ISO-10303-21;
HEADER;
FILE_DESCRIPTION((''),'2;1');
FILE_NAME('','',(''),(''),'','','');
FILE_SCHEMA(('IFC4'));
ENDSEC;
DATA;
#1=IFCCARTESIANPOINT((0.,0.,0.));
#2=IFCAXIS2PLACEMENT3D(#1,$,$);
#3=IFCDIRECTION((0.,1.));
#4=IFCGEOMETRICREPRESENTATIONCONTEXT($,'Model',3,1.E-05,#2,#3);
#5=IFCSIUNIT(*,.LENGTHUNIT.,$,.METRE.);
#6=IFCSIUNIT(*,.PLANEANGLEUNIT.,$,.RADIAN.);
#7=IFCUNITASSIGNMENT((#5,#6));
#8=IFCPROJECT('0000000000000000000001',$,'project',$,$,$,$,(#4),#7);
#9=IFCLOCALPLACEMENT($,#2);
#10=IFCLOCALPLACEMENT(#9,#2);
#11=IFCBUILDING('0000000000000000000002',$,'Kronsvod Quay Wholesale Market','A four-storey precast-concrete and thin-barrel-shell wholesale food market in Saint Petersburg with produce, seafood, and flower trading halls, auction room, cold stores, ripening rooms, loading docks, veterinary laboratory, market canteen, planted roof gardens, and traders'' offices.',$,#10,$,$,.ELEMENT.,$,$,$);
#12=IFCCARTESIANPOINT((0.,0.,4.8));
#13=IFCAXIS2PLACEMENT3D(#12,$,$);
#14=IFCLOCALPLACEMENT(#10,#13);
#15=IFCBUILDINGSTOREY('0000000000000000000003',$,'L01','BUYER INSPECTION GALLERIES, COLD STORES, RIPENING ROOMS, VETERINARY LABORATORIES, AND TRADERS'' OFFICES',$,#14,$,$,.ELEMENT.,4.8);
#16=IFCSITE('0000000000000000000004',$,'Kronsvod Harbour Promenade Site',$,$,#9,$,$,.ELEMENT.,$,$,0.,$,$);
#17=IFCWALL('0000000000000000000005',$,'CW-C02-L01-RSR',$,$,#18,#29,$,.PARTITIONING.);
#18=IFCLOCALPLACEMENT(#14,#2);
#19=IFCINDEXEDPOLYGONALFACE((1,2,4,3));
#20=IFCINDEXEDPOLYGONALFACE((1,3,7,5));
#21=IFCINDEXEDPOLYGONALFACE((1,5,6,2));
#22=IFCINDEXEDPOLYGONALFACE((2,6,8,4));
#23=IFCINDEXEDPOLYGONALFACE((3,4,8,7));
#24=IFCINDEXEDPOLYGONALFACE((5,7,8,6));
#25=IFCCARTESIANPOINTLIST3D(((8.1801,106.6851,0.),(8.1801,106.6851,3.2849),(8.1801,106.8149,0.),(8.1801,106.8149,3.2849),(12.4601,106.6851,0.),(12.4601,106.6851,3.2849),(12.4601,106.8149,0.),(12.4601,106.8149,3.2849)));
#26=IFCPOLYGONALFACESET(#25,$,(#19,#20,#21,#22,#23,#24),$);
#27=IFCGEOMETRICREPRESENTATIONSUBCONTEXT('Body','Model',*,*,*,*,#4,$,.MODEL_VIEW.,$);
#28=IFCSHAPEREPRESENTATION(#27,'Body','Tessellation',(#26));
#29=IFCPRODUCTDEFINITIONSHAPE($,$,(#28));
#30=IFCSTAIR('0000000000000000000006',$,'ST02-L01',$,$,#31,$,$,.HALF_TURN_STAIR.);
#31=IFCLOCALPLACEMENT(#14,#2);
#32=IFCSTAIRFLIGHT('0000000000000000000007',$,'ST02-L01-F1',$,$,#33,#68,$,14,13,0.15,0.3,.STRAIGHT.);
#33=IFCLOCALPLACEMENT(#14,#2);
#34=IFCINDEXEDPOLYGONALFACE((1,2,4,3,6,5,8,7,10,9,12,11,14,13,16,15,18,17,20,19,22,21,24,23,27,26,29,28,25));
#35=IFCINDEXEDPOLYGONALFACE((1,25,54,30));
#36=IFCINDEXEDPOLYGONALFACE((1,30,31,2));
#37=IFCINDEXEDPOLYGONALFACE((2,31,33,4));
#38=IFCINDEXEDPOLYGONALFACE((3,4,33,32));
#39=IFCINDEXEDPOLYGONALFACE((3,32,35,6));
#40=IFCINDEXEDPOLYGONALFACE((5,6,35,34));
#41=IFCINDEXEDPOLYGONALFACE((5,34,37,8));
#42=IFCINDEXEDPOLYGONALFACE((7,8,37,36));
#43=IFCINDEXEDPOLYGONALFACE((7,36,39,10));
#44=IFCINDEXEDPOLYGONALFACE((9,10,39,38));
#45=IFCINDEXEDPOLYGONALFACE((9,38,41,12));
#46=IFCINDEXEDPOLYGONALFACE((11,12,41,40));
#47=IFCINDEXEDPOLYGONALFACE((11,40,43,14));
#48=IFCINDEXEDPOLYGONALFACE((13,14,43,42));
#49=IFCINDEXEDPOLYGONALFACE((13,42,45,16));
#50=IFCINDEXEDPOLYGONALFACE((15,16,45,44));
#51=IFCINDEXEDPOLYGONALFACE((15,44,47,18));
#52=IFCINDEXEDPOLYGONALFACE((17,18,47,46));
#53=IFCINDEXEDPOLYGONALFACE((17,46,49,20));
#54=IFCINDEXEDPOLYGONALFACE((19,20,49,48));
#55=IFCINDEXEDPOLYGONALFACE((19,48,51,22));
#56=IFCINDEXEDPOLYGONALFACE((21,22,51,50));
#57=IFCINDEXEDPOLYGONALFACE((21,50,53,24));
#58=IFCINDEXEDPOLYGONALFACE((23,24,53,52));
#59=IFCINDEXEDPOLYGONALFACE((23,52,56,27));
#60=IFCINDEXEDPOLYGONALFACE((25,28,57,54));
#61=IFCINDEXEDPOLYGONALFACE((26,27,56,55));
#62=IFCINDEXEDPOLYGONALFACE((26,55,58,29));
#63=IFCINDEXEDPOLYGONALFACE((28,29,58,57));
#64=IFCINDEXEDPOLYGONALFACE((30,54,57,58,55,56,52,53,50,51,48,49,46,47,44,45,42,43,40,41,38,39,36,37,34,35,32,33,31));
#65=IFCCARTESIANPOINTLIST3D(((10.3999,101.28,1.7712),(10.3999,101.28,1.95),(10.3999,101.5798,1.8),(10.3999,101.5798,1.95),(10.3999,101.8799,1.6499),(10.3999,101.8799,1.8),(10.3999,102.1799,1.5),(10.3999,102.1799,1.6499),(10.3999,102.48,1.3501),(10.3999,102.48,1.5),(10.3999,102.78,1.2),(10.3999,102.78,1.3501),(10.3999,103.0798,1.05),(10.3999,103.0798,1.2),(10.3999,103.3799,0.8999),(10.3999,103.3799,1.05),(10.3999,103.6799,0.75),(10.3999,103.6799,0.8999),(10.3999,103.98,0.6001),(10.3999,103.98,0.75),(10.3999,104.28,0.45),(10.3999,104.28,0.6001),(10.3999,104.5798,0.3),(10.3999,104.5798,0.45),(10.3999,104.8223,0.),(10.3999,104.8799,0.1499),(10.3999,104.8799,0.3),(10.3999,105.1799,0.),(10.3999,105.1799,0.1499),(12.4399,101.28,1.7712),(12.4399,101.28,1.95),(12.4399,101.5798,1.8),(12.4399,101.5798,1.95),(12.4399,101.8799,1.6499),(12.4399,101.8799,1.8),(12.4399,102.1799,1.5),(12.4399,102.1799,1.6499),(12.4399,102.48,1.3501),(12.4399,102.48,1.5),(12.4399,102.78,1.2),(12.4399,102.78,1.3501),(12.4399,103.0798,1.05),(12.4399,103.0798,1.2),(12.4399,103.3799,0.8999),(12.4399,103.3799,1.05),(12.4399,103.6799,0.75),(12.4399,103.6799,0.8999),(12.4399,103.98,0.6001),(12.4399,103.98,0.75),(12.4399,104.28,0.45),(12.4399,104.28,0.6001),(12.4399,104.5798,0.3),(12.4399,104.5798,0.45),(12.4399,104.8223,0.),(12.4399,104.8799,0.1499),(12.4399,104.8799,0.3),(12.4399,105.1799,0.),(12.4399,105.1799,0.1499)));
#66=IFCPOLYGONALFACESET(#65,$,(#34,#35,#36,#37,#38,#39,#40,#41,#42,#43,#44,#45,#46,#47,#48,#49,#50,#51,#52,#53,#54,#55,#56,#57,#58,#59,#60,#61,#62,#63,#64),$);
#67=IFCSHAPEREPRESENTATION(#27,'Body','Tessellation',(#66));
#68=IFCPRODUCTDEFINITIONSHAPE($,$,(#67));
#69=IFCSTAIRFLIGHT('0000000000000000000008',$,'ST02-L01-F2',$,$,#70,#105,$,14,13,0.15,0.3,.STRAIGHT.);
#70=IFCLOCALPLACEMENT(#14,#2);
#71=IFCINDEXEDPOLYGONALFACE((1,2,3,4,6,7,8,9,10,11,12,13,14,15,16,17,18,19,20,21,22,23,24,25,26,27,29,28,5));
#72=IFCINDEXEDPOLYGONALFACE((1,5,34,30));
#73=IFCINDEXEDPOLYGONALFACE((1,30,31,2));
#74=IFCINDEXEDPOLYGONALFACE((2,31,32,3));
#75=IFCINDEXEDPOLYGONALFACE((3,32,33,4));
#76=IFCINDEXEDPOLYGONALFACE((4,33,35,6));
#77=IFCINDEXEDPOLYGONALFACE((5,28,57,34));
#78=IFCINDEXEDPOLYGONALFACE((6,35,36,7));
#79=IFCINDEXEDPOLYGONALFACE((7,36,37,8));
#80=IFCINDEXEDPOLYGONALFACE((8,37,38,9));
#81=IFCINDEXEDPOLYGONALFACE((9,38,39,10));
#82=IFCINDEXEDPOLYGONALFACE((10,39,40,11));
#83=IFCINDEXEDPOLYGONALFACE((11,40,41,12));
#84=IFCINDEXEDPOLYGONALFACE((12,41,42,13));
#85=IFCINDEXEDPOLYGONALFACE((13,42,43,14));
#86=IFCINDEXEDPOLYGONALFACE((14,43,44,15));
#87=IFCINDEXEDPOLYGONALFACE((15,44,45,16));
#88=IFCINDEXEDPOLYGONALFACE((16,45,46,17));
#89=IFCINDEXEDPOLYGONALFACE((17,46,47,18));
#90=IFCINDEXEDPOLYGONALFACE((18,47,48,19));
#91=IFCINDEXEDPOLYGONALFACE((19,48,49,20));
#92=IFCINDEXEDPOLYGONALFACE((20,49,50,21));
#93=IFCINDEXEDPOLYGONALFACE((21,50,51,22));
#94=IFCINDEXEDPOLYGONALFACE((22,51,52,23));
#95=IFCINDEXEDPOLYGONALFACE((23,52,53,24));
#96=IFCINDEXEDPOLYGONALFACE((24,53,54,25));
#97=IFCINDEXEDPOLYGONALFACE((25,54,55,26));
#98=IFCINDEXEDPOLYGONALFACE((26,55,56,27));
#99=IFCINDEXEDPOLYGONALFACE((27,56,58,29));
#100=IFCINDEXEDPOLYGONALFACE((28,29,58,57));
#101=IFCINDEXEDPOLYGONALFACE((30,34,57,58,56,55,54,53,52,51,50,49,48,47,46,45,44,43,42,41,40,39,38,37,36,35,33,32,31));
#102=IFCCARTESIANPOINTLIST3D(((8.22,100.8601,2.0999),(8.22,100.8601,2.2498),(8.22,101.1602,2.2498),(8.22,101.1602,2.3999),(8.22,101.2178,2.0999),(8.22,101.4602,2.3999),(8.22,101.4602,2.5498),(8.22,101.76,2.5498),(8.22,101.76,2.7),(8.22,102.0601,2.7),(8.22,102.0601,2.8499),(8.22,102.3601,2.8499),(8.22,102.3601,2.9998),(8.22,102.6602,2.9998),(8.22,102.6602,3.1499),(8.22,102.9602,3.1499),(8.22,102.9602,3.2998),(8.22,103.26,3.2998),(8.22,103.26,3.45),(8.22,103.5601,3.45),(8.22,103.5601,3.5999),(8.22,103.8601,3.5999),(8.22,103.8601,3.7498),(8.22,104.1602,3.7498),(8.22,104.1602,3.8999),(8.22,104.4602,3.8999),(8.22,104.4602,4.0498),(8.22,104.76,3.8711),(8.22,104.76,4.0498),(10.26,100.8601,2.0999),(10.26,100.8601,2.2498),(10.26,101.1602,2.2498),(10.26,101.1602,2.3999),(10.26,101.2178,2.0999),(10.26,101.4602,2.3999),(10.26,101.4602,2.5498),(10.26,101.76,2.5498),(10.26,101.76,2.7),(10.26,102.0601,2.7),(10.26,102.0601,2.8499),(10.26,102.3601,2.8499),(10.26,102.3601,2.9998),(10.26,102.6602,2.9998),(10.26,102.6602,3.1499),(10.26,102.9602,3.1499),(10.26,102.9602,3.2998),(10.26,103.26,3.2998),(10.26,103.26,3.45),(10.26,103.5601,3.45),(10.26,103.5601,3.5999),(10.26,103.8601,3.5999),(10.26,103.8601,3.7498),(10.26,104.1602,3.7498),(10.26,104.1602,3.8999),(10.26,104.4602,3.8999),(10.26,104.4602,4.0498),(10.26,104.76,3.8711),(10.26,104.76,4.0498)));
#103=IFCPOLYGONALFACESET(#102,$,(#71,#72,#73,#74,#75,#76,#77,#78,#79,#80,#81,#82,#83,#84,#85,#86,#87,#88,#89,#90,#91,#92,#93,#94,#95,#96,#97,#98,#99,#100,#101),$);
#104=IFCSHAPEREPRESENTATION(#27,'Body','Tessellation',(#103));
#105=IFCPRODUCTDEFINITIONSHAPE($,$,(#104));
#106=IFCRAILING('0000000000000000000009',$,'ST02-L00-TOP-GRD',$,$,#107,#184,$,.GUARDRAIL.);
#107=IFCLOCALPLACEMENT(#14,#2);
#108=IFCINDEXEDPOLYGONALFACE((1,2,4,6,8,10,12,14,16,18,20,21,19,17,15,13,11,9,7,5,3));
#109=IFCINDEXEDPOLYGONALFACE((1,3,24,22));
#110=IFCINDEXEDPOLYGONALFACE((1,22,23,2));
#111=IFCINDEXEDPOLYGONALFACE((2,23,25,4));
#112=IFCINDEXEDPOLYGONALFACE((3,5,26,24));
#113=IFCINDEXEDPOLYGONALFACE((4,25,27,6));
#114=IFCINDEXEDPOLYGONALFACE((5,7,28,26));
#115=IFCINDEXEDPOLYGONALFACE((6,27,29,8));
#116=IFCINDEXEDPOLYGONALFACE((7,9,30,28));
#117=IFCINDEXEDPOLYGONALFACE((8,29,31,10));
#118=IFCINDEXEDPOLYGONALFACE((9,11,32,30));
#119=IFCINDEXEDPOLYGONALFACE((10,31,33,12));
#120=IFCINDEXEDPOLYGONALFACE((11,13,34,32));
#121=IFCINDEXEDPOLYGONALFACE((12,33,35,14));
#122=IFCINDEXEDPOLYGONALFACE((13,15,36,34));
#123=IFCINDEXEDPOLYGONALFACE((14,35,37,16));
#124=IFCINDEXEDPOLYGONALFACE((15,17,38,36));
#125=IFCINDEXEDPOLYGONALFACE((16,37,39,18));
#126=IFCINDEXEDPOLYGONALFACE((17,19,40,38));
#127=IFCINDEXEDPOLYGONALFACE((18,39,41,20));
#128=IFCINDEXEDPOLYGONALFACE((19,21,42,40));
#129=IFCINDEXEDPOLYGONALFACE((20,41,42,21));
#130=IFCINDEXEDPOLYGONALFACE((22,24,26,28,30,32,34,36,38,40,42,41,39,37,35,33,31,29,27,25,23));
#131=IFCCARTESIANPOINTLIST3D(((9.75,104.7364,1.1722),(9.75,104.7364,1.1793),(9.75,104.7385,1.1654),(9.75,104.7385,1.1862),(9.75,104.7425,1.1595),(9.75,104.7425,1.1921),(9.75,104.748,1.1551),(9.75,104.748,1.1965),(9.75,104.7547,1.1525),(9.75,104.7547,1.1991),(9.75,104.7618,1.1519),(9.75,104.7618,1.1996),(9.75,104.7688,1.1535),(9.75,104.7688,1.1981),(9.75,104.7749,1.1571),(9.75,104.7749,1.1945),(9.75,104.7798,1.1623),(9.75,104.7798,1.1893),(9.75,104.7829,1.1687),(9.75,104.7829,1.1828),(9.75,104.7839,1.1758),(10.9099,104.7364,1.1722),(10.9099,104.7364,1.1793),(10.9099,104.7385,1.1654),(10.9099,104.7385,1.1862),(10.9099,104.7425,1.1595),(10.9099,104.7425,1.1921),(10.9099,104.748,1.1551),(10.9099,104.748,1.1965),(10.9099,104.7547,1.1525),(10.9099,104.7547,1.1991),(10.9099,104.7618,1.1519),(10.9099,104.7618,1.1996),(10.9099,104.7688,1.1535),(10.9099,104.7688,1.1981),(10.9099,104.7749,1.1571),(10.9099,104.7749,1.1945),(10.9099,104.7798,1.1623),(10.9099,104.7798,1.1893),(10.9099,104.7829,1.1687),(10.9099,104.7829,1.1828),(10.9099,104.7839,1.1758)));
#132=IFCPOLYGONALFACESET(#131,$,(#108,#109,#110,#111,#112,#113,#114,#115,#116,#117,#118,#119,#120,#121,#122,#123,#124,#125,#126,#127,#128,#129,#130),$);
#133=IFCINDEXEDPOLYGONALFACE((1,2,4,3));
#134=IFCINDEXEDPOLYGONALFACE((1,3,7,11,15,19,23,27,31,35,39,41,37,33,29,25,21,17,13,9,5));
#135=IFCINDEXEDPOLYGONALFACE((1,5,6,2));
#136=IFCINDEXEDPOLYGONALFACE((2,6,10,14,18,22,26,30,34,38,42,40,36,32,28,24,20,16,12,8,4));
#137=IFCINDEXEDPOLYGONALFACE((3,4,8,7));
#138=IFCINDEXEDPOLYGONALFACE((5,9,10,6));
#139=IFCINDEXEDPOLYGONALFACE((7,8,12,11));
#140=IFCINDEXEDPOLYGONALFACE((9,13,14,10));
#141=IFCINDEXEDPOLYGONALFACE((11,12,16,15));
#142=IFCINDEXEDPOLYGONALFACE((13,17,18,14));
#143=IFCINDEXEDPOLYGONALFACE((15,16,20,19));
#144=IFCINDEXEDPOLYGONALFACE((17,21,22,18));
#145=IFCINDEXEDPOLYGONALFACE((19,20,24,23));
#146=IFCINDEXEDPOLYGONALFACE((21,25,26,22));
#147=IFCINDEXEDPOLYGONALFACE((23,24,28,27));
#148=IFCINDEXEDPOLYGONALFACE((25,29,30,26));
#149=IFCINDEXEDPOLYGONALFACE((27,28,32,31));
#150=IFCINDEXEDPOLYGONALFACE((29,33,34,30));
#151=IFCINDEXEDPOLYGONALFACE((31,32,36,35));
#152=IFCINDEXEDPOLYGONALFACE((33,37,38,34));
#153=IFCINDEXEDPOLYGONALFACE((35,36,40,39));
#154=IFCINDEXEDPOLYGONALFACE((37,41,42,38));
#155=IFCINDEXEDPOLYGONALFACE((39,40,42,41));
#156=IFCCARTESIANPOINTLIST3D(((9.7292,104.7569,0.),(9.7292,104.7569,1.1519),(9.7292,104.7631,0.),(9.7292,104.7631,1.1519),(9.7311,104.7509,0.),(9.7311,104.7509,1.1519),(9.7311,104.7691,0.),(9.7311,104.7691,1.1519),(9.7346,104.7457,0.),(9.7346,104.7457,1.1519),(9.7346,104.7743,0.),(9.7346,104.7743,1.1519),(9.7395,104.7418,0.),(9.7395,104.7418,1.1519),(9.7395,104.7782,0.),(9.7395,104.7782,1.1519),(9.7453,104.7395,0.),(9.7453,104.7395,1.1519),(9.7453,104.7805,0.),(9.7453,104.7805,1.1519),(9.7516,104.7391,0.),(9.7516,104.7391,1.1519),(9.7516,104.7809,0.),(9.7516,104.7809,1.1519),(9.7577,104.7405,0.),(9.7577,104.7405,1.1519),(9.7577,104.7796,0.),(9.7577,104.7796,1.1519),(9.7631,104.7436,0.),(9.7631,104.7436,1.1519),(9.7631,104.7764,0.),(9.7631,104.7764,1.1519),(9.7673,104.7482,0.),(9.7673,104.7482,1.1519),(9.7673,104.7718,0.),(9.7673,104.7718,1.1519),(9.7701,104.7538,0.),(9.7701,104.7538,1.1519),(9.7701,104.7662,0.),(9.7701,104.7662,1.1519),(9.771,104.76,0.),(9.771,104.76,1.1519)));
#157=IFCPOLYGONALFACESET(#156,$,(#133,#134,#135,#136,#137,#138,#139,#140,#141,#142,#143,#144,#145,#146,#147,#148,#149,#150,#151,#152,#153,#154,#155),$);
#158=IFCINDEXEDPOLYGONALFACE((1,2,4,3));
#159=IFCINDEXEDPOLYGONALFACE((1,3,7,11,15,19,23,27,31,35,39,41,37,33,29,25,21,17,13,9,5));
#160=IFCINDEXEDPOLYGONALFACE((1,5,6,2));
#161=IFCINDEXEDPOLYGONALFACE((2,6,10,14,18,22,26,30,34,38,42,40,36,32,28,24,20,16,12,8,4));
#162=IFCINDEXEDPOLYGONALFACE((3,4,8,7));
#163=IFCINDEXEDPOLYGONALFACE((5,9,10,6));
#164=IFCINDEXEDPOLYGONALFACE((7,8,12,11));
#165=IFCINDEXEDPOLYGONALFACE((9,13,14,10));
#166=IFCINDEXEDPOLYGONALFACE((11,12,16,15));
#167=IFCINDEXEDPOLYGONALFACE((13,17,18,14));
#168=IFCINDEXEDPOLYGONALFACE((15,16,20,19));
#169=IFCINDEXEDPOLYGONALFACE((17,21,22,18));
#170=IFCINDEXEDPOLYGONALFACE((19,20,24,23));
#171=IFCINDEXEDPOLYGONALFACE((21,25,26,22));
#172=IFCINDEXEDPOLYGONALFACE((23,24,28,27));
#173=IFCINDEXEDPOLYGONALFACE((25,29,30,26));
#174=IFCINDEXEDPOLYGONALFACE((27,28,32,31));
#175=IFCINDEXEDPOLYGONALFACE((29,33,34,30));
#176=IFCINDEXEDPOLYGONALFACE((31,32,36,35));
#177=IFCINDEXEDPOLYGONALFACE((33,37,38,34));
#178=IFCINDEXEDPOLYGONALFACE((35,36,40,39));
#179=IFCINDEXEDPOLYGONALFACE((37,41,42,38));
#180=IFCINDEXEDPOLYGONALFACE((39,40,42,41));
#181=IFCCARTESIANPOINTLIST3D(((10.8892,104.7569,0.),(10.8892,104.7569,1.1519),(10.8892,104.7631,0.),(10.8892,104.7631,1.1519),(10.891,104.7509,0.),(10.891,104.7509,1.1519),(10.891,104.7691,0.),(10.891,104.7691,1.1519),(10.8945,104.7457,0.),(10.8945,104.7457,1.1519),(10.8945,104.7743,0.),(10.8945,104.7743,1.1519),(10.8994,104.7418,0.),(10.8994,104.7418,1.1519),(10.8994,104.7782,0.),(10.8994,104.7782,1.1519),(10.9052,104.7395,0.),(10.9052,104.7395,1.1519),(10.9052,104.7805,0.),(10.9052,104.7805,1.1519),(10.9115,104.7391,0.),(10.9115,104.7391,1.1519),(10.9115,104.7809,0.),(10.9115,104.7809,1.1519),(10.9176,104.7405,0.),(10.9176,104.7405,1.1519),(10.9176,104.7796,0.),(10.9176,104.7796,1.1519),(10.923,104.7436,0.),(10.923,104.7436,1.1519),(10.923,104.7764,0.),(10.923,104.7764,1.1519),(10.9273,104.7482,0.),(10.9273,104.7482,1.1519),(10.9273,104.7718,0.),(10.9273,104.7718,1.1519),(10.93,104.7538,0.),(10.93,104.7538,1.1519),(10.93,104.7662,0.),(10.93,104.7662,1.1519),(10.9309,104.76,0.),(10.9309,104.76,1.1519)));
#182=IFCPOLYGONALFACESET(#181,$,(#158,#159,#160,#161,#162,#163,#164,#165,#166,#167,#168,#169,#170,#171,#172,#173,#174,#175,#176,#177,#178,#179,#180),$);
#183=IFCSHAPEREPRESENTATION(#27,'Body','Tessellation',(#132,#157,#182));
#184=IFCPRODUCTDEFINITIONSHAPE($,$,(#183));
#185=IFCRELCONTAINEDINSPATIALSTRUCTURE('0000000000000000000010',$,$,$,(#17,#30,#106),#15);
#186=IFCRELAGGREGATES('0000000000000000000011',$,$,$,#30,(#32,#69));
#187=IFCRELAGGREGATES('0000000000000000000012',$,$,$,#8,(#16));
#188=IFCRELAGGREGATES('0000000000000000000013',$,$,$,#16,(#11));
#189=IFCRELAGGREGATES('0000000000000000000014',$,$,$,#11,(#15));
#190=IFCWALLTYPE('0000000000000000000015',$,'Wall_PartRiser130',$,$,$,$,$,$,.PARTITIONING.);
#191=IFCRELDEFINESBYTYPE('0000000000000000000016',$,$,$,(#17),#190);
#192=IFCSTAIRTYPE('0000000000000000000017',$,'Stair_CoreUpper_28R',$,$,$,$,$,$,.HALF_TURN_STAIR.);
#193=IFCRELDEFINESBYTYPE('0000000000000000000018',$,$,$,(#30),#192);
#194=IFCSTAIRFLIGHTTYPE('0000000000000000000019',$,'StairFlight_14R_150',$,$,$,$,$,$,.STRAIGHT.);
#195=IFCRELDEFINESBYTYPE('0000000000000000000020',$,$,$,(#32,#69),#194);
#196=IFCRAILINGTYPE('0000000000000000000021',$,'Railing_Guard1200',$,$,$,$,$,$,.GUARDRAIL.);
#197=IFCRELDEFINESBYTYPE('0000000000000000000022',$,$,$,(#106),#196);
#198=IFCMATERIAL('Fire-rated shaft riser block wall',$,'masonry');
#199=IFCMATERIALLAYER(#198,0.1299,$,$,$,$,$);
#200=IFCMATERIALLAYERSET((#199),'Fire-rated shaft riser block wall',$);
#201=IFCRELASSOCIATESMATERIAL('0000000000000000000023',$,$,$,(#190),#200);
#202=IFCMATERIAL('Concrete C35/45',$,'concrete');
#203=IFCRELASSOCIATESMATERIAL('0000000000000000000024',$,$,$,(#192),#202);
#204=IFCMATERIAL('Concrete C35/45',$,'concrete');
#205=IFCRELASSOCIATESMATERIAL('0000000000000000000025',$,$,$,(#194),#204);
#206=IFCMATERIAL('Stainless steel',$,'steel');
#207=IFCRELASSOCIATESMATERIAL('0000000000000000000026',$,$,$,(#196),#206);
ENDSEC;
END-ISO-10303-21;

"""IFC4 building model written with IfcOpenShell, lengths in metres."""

from ifc_helpers import new_model, si_unit, direction, frame, frame_2d, origin, origin_2d, place, context, subcontext, project, spatial, polyline, rectangle, circle, outline, extrude, material, layer, layer_set, type_object, element, aggregate, save


model = new_model("IFC4")

# Units and contexts
model_context = context("Model", 3, precision=1e-05, world=origin(), true_north=direction((0.0, 1.0)))
body_context = subcontext(model_context, "Body", "Model", "MODEL_VIEW")
ifc_project = project(units=[si_unit("LENGTHUNIT", "METRE"), si_unit("PLANEANGLEUNIT", "RADIAN")], contexts=[model_context])

# Site, building, storey
site_placement = place(None, origin())
site = spatial("IfcSite", under=ifc_project, at=site_placement, Name="Kronsvod Harbour Promenade Site", CompositionType="ELEMENT", RefElevation=0.0)
building_placement = place(site_placement, origin())
building = spatial("IfcBuilding", under=site, at=building_placement, Name="Kronsvod Quay Wholesale Market", Description="A four-storey precast-concrete and thin-barrel-shell wholesale food market in Saint Petersburg with produce, seafood, and flower trading halls, auction room, cold stores, ripening rooms, loading docks, veterinary laboratory, market canteen, planted roof gardens, and traders' offices.", CompositionType="ELEMENT")
storey_placement = place(building_placement, frame((0.0, 0.0, 4.8)))
storey = spatial("IfcBuildingStorey", under=building, at=storey_placement, Name="L01", Description="BUYER INSPECTION GALLERIES, COLD STORES, RIPENING ROOMS, VETERINARY LABORATORIES, AND TRADERS' OFFICES", CompositionType="ELEMENT", Elevation=4.8)

# Wall
ifc_material_1 = material(Name="Fire-rated shaft riser block wall", Category="masonry")
ifc_layer_1 = layer(ifc_material_1, 0.1299)
ifc_layer_set_1 = layer_set([ifc_layer_1], Name="Fire-rated shaft riser block wall")
wall_type_1 = type_object("IfcWallType", Name="Wall_PartRiser130", PredefinedType="PARTITIONING", material=ifc_layer_set_1)
wall_1_placement = place(storey_placement, frame((8.1799, 106.75, 0.0), z_axis=(0.0, 0.0, 1.0), x_axis=(1.0, 0.0, 0.0)))
element("IfcWall", 1, at=wall_1_placement, inside=storey, type_object=wall_type_1, Name="CW-C02-L01-RSR", PredefinedType="PARTITIONING", context=body_context, shape_type="SweptSolid", body=[
    extrude(rectangle(XDim=4.28, YDim=0.1299, at=frame_2d((2.1401, 0.0))), origin(), (0.0, 0.0, 1.0), 3.2849),
])

# Stair, stair flights
ifc_material_2 = material(Name="Concrete C35/45", Category="concrete")
stair_type = type_object("IfcStairType", Name="Stair_CoreUpper_28R", PredefinedType="HALF_TURN_STAIR", material=ifc_material_2)
stair_placement = place(storey_placement, origin())
stair = element("IfcStair", 2, at=stair_placement, inside=storey, type_object=stair_type, Name="ST02-L01", PredefinedType="HALF_TURN_STAIR")
ifc_material_3 = material(Name="Concrete C35/45", Category="concrete")
stair_flight_type = type_object("IfcStairFlightType", Name="StairFlight_14R_150", PredefinedType="STRAIGHT", material=ifc_material_3)
stair_flight_1_placement = place(storey_placement, frame((11.4199, 105.1799, 0.0), z_axis=(0.0, 0.0, 1.0), x_axis=(0.0, -1.0, 0.0)))
stair_flight_1 = element("IfcStairFlight", 3, at=stair_flight_1_placement, type_object=stair_flight_type, Name="ST02-L01-F1", NumberOfRisers=14, NumberOfTreads=13, PredefinedType="STRAIGHT", RiserHeight=0.15, TreadLength=0.3, context=body_context, shape_type="SweptSolid", body=[
    extrude(outline(polyline([(0.0, 0.0), (0.0, 0.1499), (0.3, 0.1499), (0.3, 0.3), (0.6001, 0.3), (0.6001, 0.45), (0.8999, 0.45), (0.8999, 0.6001), (1.2, 0.6001), (1.2, 0.75), (1.5, 0.75), (1.5, 0.8999), (1.8, 0.8999), (1.8, 1.05), (2.1001, 1.05), (2.1001, 1.2), (2.3999, 1.2), (2.3999, 1.3501), (2.7, 1.3501), (2.7, 1.5), (3.0, 1.5), (3.0, 1.6499), (3.3, 1.6499), (3.3, 1.8), (3.6001, 1.8), (3.6001, 1.95), (3.8999, 1.95), (3.8999, 2.1001), (3.8999, 1.7712), (0.3577, 0.0), (0.0, 0.0)])), frame((0.0, 1.02, 0.0), z_axis=(0.0, -1.0, 0.0), x_axis=(1.0, 0.0, 0.0)), (0.0, 0.0, 1.0), 2.04),
])
stair_flight_2_placement = place(storey_placement, frame((9.24, 100.8601, 2.0999), z_axis=(0.0, 0.0, 1.0), x_axis=(0.0, 1.0, 0.0)))
stair_flight_2 = element("IfcStairFlight", 4, at=stair_flight_2_placement, type_object=stair_flight_type, Name="ST02-L01-F2", NumberOfRisers=14, NumberOfTreads=13, PredefinedType="STRAIGHT", RiserHeight=0.15, TreadLength=0.3, context=body_context, shape_type="SweptSolid", body=[
    extrude(outline(polyline([(0.0, 0.0), (0.0, 0.1499), (0.3, 0.1499), (0.3, 0.3), (0.6001, 0.3), (0.6001, 0.45), (0.8999, 0.45), (0.8999, 0.6001), (1.2, 0.6001), (1.2, 0.75), (1.5, 0.75), (1.5, 0.8999), (1.8, 0.8999), (1.8, 1.05), (2.1001, 1.05), (2.1001, 1.2), (2.3999, 1.2), (2.3999, 1.3501), (2.7, 1.3501), (2.7, 1.5), (3.0, 1.5), (3.0, 1.6499), (3.3, 1.6499), (3.3, 1.8), (3.6001, 1.8), (3.6001, 1.95), (3.8999, 1.95), (3.8999, 2.1001), (3.8999, 1.7712), (0.3577, 0.0), (0.0, 0.0)])), frame((0.0, 1.02, 0.0), z_axis=(0.0, -1.0, 0.0), x_axis=(1.0, 0.0, 0.0)), (0.0, 0.0, 1.0), 2.04),
])
aggregate(stair, [stair_flight_1, stair_flight_2])

# Railing
ifc_material_4 = material(Name="Stainless steel", Category="steel")
railing_type_1 = type_object("IfcRailingType", Name="Railing_Guard1200", PredefinedType="GUARDRAIL", material=ifc_material_4)
railing_1_placement = place(storey_placement, frame((9.75, 104.76, 0.0)))
element("IfcRailing", 5, at=railing_1_placement, inside=storey, type_object=railing_type_1, Name="ST02-L00-TOP-GRD", PredefinedType="GUARDRAIL", context=body_context, shape_type="SweptSolid", body=[
    extrude(circle(Radius=0.0239, at=origin_2d()), frame((0.0, 0.0, 1.1758), z_axis=(1.0, 0.0, 0.0), x_axis=(0.0, 1.0, 0.0)), (0.0, 0.0, 1.0), 1.1599),
    extrude(circle(Radius=0.021, at=origin_2d()), origin(), (0.0, 0.0, 1.0), 1.1519),
    extrude(circle(Radius=0.021, at=origin_2d()), frame((1.1599, 0.0, 0.0)), (0.0, 0.0, 1.0), 1.1519),
])

save(model, "model.ifc")
